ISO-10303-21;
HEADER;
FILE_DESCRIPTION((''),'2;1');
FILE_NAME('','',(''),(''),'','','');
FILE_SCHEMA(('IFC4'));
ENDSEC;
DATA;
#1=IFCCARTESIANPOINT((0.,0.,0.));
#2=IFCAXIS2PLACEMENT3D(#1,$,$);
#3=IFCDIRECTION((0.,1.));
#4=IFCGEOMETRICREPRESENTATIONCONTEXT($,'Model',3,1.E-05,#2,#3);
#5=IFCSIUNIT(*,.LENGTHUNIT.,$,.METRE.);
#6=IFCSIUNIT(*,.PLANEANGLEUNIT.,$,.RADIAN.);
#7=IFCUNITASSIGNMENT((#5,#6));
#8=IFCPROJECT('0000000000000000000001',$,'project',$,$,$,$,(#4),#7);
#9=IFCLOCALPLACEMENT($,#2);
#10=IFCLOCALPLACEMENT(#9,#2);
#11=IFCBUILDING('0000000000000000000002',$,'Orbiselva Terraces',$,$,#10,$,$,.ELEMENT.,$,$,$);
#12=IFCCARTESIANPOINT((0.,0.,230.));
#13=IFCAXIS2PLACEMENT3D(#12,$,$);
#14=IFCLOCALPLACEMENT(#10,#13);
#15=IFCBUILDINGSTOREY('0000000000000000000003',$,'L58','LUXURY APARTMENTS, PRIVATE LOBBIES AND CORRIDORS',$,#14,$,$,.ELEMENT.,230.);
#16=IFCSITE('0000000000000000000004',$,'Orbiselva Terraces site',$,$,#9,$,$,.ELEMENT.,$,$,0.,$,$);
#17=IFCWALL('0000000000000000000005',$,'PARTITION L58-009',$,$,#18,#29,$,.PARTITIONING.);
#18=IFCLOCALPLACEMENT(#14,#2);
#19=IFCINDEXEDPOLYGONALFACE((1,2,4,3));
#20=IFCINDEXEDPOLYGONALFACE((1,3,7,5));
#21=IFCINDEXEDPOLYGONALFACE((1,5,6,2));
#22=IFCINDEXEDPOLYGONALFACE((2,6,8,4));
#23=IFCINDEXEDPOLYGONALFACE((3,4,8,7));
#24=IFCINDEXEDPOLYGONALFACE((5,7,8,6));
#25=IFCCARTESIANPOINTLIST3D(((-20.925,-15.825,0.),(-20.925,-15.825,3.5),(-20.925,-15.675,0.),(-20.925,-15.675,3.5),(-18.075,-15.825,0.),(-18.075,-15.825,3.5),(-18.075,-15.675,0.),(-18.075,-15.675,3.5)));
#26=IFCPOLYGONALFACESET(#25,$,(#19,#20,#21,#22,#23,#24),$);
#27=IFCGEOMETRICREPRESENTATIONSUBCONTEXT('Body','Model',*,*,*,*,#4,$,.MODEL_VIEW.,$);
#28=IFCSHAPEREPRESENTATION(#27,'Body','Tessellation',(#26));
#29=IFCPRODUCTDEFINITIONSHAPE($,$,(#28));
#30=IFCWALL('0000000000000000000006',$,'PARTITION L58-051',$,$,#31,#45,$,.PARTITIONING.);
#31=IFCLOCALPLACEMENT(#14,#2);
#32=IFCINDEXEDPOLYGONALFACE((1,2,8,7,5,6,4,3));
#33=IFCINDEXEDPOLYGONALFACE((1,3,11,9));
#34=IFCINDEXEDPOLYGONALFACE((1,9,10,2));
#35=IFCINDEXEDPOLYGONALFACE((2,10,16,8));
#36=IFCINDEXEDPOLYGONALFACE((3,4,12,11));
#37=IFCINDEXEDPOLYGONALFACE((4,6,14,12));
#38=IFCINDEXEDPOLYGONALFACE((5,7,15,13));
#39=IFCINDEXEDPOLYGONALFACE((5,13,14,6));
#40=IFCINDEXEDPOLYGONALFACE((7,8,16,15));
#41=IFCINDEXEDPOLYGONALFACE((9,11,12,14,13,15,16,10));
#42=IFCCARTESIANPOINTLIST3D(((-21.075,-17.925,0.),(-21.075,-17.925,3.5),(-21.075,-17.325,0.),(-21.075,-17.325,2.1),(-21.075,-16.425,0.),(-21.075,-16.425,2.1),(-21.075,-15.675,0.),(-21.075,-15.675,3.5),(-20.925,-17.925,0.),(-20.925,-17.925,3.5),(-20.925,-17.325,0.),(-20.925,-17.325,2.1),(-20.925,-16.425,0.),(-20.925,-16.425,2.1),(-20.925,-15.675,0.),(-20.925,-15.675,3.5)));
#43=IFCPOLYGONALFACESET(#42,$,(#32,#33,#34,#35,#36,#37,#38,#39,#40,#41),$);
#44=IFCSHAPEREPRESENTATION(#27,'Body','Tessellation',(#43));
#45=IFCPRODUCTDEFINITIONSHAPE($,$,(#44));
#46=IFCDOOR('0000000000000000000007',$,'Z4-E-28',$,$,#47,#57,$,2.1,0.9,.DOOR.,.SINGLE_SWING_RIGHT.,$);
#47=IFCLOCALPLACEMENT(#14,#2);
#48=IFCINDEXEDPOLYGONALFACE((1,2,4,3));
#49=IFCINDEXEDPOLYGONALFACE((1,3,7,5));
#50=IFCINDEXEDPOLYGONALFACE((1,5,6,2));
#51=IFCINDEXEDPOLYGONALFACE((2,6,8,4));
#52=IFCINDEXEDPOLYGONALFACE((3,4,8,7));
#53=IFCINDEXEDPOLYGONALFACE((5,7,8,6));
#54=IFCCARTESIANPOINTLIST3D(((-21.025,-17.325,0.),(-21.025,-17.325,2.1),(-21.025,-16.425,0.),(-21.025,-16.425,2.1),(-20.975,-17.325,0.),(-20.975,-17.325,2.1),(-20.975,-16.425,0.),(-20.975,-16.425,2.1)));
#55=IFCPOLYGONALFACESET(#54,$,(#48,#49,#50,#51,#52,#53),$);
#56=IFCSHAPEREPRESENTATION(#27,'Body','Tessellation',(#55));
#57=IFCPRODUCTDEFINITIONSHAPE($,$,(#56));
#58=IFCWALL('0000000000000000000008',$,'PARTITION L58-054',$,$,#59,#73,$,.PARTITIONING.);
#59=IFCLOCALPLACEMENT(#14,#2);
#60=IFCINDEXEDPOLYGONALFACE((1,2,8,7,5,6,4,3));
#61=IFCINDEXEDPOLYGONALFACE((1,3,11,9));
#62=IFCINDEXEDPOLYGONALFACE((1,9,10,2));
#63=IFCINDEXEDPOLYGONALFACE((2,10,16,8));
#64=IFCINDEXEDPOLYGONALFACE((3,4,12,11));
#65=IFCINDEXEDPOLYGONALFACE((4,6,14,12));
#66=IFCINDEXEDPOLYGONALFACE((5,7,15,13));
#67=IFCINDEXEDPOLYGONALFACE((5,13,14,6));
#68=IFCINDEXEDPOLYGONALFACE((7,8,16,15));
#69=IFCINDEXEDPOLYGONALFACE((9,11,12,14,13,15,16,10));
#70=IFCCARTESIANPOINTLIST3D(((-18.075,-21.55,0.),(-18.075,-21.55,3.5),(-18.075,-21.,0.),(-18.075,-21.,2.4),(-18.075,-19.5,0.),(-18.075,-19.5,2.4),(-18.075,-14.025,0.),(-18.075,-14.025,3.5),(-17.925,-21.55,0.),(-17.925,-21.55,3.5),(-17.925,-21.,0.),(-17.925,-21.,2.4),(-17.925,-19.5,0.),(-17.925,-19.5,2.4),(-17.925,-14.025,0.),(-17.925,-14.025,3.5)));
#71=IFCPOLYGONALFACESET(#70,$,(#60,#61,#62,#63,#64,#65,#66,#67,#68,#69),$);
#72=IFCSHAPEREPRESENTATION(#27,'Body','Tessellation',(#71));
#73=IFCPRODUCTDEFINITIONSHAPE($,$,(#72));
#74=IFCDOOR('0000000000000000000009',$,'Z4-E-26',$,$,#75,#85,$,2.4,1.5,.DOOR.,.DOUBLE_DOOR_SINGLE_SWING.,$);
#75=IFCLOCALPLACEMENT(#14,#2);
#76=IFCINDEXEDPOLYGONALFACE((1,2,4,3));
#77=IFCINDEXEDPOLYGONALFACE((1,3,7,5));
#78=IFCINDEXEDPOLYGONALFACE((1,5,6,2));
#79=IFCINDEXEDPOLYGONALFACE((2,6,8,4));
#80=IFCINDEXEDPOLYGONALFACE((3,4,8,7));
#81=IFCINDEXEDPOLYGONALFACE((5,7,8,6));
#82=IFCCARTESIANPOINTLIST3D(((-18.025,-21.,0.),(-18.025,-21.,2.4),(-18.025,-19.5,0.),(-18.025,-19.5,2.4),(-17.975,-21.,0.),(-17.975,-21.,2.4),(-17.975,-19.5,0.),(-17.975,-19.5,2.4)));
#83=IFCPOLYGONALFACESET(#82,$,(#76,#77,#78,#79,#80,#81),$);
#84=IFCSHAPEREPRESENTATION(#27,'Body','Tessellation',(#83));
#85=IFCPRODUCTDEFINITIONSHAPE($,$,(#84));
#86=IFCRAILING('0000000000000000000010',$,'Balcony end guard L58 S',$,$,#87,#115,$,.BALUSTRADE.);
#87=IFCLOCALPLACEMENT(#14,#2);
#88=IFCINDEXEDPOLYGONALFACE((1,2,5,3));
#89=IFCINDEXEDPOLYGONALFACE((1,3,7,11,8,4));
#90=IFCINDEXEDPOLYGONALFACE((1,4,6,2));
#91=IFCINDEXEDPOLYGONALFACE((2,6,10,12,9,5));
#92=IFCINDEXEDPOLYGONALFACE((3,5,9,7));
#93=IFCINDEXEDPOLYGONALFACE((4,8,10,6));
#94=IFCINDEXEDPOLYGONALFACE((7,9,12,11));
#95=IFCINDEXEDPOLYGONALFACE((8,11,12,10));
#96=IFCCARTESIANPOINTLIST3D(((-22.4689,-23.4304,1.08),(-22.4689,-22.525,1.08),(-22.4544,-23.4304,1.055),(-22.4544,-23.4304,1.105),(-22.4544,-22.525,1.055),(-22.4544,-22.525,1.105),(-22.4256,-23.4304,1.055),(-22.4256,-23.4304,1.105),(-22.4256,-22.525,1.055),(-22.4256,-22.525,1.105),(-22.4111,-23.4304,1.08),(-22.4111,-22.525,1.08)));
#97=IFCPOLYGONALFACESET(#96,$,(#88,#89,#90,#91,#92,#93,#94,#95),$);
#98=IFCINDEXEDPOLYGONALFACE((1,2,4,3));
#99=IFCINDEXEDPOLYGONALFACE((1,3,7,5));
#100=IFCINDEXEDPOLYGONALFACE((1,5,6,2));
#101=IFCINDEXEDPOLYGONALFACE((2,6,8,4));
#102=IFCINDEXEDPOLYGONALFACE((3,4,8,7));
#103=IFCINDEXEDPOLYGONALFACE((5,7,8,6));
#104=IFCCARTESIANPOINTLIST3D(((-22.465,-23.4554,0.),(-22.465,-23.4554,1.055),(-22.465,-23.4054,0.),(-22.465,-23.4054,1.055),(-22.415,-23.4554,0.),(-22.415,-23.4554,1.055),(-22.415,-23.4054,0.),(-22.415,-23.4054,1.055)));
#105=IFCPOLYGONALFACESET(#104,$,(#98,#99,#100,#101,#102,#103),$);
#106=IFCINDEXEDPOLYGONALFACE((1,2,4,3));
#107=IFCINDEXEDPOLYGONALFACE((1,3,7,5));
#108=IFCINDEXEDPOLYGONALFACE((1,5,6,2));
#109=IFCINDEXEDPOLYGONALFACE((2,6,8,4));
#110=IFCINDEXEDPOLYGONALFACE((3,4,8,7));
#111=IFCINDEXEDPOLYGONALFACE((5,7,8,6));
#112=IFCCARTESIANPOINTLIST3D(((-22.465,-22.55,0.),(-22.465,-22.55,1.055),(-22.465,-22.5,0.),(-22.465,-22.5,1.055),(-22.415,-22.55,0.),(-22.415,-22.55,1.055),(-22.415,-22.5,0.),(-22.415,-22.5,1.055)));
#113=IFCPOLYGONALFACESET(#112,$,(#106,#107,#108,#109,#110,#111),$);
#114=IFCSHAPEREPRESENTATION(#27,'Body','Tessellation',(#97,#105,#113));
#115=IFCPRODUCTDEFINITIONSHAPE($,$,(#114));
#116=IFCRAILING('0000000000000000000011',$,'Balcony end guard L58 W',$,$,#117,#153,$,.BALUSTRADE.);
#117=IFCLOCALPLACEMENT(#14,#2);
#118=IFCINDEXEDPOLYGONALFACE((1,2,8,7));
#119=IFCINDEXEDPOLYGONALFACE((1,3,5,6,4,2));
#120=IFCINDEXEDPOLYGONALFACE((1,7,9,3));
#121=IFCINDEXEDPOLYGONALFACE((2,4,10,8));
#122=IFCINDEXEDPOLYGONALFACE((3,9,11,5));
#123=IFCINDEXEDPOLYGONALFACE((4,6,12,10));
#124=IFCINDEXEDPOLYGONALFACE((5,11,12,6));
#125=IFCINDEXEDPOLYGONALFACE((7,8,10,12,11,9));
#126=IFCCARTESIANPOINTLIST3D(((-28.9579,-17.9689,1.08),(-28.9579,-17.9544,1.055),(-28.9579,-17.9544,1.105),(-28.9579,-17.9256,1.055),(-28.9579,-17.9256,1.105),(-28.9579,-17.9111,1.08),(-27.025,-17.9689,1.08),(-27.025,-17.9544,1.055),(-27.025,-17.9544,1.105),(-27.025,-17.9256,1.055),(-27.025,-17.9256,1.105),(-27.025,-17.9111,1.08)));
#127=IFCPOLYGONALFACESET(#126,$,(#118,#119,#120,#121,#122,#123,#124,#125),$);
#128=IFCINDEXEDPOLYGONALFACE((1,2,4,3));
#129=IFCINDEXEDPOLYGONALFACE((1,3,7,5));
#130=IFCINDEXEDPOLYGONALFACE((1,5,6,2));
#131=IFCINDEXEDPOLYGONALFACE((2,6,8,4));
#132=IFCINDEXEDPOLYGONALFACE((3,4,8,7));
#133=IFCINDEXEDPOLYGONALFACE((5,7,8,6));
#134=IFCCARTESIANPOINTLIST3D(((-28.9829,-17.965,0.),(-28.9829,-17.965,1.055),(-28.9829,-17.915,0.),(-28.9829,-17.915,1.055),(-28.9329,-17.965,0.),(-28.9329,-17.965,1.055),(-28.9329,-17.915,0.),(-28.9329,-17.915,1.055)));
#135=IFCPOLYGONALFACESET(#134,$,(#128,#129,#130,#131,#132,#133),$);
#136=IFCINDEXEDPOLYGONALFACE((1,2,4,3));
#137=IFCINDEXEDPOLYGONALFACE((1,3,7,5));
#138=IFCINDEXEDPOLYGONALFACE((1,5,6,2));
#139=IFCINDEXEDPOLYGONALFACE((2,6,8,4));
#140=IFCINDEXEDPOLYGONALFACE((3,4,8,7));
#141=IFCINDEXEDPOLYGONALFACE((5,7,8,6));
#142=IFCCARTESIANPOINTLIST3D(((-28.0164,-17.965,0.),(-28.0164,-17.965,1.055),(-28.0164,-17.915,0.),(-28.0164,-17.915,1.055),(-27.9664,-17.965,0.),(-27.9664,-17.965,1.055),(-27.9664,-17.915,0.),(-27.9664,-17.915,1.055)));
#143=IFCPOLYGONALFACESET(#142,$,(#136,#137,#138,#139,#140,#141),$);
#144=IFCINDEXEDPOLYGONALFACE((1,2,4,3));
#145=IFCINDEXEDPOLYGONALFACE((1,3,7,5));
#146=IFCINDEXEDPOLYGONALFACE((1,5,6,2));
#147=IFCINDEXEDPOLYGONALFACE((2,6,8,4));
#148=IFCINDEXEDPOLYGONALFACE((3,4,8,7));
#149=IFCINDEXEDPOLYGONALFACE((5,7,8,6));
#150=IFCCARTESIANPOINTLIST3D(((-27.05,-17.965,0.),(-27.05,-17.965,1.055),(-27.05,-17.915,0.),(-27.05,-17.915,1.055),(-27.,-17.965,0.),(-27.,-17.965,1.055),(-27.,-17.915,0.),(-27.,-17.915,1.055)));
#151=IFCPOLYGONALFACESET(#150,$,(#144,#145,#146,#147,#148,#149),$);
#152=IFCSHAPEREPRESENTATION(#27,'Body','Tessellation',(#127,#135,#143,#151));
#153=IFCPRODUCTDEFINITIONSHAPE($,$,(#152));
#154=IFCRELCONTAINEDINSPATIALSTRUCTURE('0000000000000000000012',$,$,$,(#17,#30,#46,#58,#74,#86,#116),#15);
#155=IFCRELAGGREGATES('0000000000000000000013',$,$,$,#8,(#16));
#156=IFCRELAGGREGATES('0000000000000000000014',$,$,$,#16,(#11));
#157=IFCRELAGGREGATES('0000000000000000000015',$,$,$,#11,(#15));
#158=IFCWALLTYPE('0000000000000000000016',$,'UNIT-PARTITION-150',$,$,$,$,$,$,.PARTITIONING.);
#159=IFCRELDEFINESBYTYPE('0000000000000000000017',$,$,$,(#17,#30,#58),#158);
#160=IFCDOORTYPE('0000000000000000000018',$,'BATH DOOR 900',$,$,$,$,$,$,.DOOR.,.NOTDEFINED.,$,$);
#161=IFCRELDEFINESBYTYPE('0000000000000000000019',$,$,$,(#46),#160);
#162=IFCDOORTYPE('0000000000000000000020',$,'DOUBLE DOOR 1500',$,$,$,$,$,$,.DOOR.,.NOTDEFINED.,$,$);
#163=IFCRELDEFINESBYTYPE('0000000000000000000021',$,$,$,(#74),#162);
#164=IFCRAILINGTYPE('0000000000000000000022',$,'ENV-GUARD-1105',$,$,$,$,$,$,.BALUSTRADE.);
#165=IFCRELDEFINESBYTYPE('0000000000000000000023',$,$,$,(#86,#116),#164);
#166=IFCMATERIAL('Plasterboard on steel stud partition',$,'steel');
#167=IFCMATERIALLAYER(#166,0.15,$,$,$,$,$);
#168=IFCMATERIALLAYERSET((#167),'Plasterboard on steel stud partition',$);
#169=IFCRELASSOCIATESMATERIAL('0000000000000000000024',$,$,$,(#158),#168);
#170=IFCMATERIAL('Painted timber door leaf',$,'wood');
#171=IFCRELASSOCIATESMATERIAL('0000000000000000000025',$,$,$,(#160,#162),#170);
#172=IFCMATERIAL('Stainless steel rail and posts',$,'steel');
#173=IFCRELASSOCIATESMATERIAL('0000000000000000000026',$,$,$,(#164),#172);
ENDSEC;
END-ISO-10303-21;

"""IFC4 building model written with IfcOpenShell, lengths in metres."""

from ifc_helpers import new_model, si_unit, direction, frame, frame_2d, origin, origin_2d, place, context, subcontext, project, spatial, polyline, rectangle, outline, extrude, material, layer, layer_set, type_object, element, fill, save


model = new_model("IFC4")

# Units and contexts
model_context = context("Model", 3, precision=1e-05, world=origin(), true_north=direction((0.0, 1.0)))
body_context = subcontext(model_context, "Body", "Model", "MODEL_VIEW")
ifc_project = project(units=[si_unit("LENGTHUNIT", "METRE"), si_unit("PLANEANGLEUNIT", "RADIAN")], contexts=[model_context])

# Site, building, storey
site_placement = place(None, origin())
site = spatial("IfcSite", under=ifc_project, at=site_placement, Name="Orbiselva Terraces site", CompositionType="ELEMENT", RefElevation=0.0)
building_placement = place(site_placement, origin())
building = spatial("IfcBuilding", under=site, at=building_placement, Name="Orbiselva Terraces", CompositionType="ELEMENT")
storey_placement = place(building_placement, frame((0.0, 0.0, 230.0)))
storey = spatial("IfcBuildingStorey", under=building, at=storey_placement, Name="L58", Description="LUXURY APARTMENTS, PRIVATE LOBBIES AND CORRIDORS", CompositionType="ELEMENT", Elevation=230.0)

# Wall
ifc_material_1 = material(Name="Plasterboard on steel stud partition", Category="steel")
ifc_layer_1 = layer(ifc_material_1, 0.15)
ifc_layer_set_1 = layer_set([ifc_layer_1], Name="Plasterboard on steel stud partition")
wall_type_1 = type_object("IfcWallType", Name="UNIT-PARTITION-150", PredefinedType="PARTITIONING", material=ifc_layer_set_1)
wall_1_placement = place(storey_placement, frame((-20.925, -15.75, 0.0), z_axis=(0.0, 0.0, 1.0), x_axis=(1.0, 0.0, 0.0)))
element("IfcWall", 1, at=wall_1_placement, inside=storey, type_object=wall_type_1, Name="PARTITION L58-009", PredefinedType="PARTITIONING", context=body_context, shape_type="SweptSolid", body=[
    extrude(rectangle(XDim=2.85, YDim=0.15, at=frame_2d((1.425, 0.0))), origin(), (0.0, 0.0, 1.0), 3.5),
])

# Walls, openings, doors
wall_2_placement = place(storey_placement, frame((-21.0, -15.675, 0.0), z_axis=(0.0, 0.0, 1.0), x_axis=(0.0, -1.0, 0.0)))
wall_2 = element("IfcWall", 2, at=wall_2_placement, inside=storey, type_object=wall_type_1, Name="PARTITION L58-051", PredefinedType="PARTITIONING", context=body_context, shape_type="SweptSolid", body=[
    extrude(rectangle(XDim=2.25, YDim=0.15, at=frame_2d((1.125, 0.0))), origin(), (0.0, 0.0, 1.0), 3.5),
])
opening_1_placement = place(wall_2_placement, frame((0.75, 0.0, 0.0)))
opening_1 = element("IfcOpeningElement", 3, at=opening_1_placement, cuts=wall_2, PredefinedType="OPENING", context=body_context, shape_type="SweptSolid", body=[
    extrude(rectangle(XDim=0.9, YDim=2.1, at=frame_2d((0.45, 1.05))), frame((0.0, 0.085, 0.0), z_axis=(0.0, -1.0, 0.0), x_axis=(1.0, 0.0, 0.0)), (0.0, 0.0, 1.0), 0.17),
])
ifc_material_2 = material(Name="Painted timber door leaf", Category="wood")
door_type_1 = type_object("IfcDoorType", Name="BATH DOOR 900", OperationType="NOTDEFINED", PredefinedType="DOOR", material=ifc_material_2)
door_1_placement = place(opening_1_placement, origin())
door_1 = element("IfcDoor", 4, at=door_1_placement, inside=storey, type_object=door_type_1, Name="Z4-E-28", OperationType="SINGLE_SWING_RIGHT", OverallHeight=2.1, OverallWidth=0.9, PredefinedType="DOOR", context=body_context, shape_type="SweptSolid", body=[
    extrude(rectangle(XDim=0.9, YDim=2.1, at=frame_2d((0.45, 1.05))), frame((0.0, 0.025, 0.0), z_axis=(0.0, -1.0, 0.0), x_axis=(1.0, 0.0, 0.0)), (0.0, 0.0, 1.0), 0.05),
])
fill(opening_1, door_1)
wall_3_placement = place(storey_placement, frame((-18.0, -21.55, 0.0), z_axis=(0.0, 0.0, 1.0), x_axis=(0.0, 1.0, 0.0)))
wall_3 = element("IfcWall", 5, at=wall_3_placement, inside=storey, type_object=wall_type_1, Name="PARTITION L58-054", PredefinedType="PARTITIONING", context=body_context, shape_type="SweptSolid", body=[
    extrude(rectangle(XDim=7.525, YDim=0.15, at=frame_2d((3.7625, 0.0))), origin(), (0.0, 0.0, 1.0), 3.5),
])
opening_2_placement = place(wall_3_placement, frame((0.55, 0.0, 0.0)))
opening_2 = element("IfcOpeningElement", 6, at=opening_2_placement, cuts=wall_3, PredefinedType="OPENING", context=body_context, shape_type="SweptSolid", body=[
    extrude(rectangle(XDim=1.5, YDim=2.4, at=frame_2d((0.75, 1.2))), frame((0.0, 0.085, 0.0), z_axis=(0.0, -1.0, 0.0), x_axis=(1.0, 0.0, 0.0)), (0.0, 0.0, 1.0), 0.17),
])
door_type_2 = type_object("IfcDoorType", Name="DOUBLE DOOR 1500", OperationType="NOTDEFINED", PredefinedType="DOOR", material=ifc_material_2)
door_2_placement = place(opening_2_placement, origin())
door_2 = element("IfcDoor", 7, at=door_2_placement, inside=storey, type_object=door_type_2, Name="Z4-E-26", OperationType="DOUBLE_DOOR_SINGLE_SWING", OverallHeight=2.4, OverallWidth=1.5, PredefinedType="DOOR", context=body_context, shape_type="SweptSolid", body=[
    extrude(rectangle(XDim=1.5, YDim=2.4, at=frame_2d((0.75, 1.2))), frame((0.0, 0.025, 0.0), z_axis=(0.0, -1.0, 0.0), x_axis=(1.0, 0.0, 0.0)), (0.0, 0.0, 1.0), 0.05),
])
fill(opening_2, door_2)

# Railings
ifc_material_3 = material(Name="Stainless steel rail and posts", Category="steel")
railing_type_1 = type_object("IfcRailingType", Name="ENV-GUARD-1105", PredefinedType="BALUSTRADE", material=ifc_material_3)
railing_1_placement = place(storey_placement, frame((-22.44, -23.4304, 0.0)))
element("IfcRailing", 8, at=railing_1_placement, inside=storey, type_object=railing_type_1, Name="Balcony end guard L58 S", PredefinedType="BALUSTRADE", context=body_context, shape_type="SweptSolid", body=[
    extrude(outline(polyline([(0.0289, 0.0), (0.0144, 0.025), (-0.0144, 0.025), (-0.0289, 0.0), (-0.0144, -0.025), (0.0144, -0.025), (0.0289, 0.0)])), frame((0.0, 0.0, 1.08), z_axis=(0.0, 1.0, 0.0), x_axis=(-1.0, 0.0, 0.0)), (0.0, 0.0, 1.0), 0.9054),
    extrude(rectangle(XDim=0.05, YDim=0.05, at=origin_2d()), origin(), (0.0, 0.0, 1.0), 1.055),
    extrude(rectangle(XDim=0.05, YDim=0.05, at=origin_2d()), frame((0.0, 0.9054, 0.0)), (0.0, 0.0, 1.0), 1.055),
])
railing_2_placement = place(storey_placement, frame((-28.9579, -17.94, 0.0)))
element("IfcRailing", 9, at=railing_2_placement, inside=storey, type_object=railing_type_1, Name="Balcony end guard L58 W", PredefinedType="BALUSTRADE", context=body_context, shape_type="SweptSolid", body=[
    extrude(outline(polyline([(0.0289, 0.0), (0.0144, 0.025), (-0.0144, 0.025), (-0.0289, 0.0), (-0.0144, -0.025), (0.0144, -0.025), (0.0289, 0.0)])), frame((0.0, 0.0, 1.08), z_axis=(1.0, 0.0, 0.0), x_axis=(0.0, 1.0, 0.0)), (0.0, 0.0, 1.0), 1.9329),
    extrude(rectangle(XDim=0.05, YDim=0.05, at=origin_2d()), origin(), (0.0, 0.0, 1.0), 1.055),
    extrude(rectangle(XDim=0.05, YDim=0.05, at=origin_2d()), frame((0.9664, 0.0, 0.0)), (0.0, 0.0, 1.0), 1.055),
    extrude(rectangle(XDim=0.05, YDim=0.05, at=origin_2d()), frame((1.9329, 0.0, 0.0)), (0.0, 0.0, 1.0), 1.055),
])

save(model, "model.ifc")
